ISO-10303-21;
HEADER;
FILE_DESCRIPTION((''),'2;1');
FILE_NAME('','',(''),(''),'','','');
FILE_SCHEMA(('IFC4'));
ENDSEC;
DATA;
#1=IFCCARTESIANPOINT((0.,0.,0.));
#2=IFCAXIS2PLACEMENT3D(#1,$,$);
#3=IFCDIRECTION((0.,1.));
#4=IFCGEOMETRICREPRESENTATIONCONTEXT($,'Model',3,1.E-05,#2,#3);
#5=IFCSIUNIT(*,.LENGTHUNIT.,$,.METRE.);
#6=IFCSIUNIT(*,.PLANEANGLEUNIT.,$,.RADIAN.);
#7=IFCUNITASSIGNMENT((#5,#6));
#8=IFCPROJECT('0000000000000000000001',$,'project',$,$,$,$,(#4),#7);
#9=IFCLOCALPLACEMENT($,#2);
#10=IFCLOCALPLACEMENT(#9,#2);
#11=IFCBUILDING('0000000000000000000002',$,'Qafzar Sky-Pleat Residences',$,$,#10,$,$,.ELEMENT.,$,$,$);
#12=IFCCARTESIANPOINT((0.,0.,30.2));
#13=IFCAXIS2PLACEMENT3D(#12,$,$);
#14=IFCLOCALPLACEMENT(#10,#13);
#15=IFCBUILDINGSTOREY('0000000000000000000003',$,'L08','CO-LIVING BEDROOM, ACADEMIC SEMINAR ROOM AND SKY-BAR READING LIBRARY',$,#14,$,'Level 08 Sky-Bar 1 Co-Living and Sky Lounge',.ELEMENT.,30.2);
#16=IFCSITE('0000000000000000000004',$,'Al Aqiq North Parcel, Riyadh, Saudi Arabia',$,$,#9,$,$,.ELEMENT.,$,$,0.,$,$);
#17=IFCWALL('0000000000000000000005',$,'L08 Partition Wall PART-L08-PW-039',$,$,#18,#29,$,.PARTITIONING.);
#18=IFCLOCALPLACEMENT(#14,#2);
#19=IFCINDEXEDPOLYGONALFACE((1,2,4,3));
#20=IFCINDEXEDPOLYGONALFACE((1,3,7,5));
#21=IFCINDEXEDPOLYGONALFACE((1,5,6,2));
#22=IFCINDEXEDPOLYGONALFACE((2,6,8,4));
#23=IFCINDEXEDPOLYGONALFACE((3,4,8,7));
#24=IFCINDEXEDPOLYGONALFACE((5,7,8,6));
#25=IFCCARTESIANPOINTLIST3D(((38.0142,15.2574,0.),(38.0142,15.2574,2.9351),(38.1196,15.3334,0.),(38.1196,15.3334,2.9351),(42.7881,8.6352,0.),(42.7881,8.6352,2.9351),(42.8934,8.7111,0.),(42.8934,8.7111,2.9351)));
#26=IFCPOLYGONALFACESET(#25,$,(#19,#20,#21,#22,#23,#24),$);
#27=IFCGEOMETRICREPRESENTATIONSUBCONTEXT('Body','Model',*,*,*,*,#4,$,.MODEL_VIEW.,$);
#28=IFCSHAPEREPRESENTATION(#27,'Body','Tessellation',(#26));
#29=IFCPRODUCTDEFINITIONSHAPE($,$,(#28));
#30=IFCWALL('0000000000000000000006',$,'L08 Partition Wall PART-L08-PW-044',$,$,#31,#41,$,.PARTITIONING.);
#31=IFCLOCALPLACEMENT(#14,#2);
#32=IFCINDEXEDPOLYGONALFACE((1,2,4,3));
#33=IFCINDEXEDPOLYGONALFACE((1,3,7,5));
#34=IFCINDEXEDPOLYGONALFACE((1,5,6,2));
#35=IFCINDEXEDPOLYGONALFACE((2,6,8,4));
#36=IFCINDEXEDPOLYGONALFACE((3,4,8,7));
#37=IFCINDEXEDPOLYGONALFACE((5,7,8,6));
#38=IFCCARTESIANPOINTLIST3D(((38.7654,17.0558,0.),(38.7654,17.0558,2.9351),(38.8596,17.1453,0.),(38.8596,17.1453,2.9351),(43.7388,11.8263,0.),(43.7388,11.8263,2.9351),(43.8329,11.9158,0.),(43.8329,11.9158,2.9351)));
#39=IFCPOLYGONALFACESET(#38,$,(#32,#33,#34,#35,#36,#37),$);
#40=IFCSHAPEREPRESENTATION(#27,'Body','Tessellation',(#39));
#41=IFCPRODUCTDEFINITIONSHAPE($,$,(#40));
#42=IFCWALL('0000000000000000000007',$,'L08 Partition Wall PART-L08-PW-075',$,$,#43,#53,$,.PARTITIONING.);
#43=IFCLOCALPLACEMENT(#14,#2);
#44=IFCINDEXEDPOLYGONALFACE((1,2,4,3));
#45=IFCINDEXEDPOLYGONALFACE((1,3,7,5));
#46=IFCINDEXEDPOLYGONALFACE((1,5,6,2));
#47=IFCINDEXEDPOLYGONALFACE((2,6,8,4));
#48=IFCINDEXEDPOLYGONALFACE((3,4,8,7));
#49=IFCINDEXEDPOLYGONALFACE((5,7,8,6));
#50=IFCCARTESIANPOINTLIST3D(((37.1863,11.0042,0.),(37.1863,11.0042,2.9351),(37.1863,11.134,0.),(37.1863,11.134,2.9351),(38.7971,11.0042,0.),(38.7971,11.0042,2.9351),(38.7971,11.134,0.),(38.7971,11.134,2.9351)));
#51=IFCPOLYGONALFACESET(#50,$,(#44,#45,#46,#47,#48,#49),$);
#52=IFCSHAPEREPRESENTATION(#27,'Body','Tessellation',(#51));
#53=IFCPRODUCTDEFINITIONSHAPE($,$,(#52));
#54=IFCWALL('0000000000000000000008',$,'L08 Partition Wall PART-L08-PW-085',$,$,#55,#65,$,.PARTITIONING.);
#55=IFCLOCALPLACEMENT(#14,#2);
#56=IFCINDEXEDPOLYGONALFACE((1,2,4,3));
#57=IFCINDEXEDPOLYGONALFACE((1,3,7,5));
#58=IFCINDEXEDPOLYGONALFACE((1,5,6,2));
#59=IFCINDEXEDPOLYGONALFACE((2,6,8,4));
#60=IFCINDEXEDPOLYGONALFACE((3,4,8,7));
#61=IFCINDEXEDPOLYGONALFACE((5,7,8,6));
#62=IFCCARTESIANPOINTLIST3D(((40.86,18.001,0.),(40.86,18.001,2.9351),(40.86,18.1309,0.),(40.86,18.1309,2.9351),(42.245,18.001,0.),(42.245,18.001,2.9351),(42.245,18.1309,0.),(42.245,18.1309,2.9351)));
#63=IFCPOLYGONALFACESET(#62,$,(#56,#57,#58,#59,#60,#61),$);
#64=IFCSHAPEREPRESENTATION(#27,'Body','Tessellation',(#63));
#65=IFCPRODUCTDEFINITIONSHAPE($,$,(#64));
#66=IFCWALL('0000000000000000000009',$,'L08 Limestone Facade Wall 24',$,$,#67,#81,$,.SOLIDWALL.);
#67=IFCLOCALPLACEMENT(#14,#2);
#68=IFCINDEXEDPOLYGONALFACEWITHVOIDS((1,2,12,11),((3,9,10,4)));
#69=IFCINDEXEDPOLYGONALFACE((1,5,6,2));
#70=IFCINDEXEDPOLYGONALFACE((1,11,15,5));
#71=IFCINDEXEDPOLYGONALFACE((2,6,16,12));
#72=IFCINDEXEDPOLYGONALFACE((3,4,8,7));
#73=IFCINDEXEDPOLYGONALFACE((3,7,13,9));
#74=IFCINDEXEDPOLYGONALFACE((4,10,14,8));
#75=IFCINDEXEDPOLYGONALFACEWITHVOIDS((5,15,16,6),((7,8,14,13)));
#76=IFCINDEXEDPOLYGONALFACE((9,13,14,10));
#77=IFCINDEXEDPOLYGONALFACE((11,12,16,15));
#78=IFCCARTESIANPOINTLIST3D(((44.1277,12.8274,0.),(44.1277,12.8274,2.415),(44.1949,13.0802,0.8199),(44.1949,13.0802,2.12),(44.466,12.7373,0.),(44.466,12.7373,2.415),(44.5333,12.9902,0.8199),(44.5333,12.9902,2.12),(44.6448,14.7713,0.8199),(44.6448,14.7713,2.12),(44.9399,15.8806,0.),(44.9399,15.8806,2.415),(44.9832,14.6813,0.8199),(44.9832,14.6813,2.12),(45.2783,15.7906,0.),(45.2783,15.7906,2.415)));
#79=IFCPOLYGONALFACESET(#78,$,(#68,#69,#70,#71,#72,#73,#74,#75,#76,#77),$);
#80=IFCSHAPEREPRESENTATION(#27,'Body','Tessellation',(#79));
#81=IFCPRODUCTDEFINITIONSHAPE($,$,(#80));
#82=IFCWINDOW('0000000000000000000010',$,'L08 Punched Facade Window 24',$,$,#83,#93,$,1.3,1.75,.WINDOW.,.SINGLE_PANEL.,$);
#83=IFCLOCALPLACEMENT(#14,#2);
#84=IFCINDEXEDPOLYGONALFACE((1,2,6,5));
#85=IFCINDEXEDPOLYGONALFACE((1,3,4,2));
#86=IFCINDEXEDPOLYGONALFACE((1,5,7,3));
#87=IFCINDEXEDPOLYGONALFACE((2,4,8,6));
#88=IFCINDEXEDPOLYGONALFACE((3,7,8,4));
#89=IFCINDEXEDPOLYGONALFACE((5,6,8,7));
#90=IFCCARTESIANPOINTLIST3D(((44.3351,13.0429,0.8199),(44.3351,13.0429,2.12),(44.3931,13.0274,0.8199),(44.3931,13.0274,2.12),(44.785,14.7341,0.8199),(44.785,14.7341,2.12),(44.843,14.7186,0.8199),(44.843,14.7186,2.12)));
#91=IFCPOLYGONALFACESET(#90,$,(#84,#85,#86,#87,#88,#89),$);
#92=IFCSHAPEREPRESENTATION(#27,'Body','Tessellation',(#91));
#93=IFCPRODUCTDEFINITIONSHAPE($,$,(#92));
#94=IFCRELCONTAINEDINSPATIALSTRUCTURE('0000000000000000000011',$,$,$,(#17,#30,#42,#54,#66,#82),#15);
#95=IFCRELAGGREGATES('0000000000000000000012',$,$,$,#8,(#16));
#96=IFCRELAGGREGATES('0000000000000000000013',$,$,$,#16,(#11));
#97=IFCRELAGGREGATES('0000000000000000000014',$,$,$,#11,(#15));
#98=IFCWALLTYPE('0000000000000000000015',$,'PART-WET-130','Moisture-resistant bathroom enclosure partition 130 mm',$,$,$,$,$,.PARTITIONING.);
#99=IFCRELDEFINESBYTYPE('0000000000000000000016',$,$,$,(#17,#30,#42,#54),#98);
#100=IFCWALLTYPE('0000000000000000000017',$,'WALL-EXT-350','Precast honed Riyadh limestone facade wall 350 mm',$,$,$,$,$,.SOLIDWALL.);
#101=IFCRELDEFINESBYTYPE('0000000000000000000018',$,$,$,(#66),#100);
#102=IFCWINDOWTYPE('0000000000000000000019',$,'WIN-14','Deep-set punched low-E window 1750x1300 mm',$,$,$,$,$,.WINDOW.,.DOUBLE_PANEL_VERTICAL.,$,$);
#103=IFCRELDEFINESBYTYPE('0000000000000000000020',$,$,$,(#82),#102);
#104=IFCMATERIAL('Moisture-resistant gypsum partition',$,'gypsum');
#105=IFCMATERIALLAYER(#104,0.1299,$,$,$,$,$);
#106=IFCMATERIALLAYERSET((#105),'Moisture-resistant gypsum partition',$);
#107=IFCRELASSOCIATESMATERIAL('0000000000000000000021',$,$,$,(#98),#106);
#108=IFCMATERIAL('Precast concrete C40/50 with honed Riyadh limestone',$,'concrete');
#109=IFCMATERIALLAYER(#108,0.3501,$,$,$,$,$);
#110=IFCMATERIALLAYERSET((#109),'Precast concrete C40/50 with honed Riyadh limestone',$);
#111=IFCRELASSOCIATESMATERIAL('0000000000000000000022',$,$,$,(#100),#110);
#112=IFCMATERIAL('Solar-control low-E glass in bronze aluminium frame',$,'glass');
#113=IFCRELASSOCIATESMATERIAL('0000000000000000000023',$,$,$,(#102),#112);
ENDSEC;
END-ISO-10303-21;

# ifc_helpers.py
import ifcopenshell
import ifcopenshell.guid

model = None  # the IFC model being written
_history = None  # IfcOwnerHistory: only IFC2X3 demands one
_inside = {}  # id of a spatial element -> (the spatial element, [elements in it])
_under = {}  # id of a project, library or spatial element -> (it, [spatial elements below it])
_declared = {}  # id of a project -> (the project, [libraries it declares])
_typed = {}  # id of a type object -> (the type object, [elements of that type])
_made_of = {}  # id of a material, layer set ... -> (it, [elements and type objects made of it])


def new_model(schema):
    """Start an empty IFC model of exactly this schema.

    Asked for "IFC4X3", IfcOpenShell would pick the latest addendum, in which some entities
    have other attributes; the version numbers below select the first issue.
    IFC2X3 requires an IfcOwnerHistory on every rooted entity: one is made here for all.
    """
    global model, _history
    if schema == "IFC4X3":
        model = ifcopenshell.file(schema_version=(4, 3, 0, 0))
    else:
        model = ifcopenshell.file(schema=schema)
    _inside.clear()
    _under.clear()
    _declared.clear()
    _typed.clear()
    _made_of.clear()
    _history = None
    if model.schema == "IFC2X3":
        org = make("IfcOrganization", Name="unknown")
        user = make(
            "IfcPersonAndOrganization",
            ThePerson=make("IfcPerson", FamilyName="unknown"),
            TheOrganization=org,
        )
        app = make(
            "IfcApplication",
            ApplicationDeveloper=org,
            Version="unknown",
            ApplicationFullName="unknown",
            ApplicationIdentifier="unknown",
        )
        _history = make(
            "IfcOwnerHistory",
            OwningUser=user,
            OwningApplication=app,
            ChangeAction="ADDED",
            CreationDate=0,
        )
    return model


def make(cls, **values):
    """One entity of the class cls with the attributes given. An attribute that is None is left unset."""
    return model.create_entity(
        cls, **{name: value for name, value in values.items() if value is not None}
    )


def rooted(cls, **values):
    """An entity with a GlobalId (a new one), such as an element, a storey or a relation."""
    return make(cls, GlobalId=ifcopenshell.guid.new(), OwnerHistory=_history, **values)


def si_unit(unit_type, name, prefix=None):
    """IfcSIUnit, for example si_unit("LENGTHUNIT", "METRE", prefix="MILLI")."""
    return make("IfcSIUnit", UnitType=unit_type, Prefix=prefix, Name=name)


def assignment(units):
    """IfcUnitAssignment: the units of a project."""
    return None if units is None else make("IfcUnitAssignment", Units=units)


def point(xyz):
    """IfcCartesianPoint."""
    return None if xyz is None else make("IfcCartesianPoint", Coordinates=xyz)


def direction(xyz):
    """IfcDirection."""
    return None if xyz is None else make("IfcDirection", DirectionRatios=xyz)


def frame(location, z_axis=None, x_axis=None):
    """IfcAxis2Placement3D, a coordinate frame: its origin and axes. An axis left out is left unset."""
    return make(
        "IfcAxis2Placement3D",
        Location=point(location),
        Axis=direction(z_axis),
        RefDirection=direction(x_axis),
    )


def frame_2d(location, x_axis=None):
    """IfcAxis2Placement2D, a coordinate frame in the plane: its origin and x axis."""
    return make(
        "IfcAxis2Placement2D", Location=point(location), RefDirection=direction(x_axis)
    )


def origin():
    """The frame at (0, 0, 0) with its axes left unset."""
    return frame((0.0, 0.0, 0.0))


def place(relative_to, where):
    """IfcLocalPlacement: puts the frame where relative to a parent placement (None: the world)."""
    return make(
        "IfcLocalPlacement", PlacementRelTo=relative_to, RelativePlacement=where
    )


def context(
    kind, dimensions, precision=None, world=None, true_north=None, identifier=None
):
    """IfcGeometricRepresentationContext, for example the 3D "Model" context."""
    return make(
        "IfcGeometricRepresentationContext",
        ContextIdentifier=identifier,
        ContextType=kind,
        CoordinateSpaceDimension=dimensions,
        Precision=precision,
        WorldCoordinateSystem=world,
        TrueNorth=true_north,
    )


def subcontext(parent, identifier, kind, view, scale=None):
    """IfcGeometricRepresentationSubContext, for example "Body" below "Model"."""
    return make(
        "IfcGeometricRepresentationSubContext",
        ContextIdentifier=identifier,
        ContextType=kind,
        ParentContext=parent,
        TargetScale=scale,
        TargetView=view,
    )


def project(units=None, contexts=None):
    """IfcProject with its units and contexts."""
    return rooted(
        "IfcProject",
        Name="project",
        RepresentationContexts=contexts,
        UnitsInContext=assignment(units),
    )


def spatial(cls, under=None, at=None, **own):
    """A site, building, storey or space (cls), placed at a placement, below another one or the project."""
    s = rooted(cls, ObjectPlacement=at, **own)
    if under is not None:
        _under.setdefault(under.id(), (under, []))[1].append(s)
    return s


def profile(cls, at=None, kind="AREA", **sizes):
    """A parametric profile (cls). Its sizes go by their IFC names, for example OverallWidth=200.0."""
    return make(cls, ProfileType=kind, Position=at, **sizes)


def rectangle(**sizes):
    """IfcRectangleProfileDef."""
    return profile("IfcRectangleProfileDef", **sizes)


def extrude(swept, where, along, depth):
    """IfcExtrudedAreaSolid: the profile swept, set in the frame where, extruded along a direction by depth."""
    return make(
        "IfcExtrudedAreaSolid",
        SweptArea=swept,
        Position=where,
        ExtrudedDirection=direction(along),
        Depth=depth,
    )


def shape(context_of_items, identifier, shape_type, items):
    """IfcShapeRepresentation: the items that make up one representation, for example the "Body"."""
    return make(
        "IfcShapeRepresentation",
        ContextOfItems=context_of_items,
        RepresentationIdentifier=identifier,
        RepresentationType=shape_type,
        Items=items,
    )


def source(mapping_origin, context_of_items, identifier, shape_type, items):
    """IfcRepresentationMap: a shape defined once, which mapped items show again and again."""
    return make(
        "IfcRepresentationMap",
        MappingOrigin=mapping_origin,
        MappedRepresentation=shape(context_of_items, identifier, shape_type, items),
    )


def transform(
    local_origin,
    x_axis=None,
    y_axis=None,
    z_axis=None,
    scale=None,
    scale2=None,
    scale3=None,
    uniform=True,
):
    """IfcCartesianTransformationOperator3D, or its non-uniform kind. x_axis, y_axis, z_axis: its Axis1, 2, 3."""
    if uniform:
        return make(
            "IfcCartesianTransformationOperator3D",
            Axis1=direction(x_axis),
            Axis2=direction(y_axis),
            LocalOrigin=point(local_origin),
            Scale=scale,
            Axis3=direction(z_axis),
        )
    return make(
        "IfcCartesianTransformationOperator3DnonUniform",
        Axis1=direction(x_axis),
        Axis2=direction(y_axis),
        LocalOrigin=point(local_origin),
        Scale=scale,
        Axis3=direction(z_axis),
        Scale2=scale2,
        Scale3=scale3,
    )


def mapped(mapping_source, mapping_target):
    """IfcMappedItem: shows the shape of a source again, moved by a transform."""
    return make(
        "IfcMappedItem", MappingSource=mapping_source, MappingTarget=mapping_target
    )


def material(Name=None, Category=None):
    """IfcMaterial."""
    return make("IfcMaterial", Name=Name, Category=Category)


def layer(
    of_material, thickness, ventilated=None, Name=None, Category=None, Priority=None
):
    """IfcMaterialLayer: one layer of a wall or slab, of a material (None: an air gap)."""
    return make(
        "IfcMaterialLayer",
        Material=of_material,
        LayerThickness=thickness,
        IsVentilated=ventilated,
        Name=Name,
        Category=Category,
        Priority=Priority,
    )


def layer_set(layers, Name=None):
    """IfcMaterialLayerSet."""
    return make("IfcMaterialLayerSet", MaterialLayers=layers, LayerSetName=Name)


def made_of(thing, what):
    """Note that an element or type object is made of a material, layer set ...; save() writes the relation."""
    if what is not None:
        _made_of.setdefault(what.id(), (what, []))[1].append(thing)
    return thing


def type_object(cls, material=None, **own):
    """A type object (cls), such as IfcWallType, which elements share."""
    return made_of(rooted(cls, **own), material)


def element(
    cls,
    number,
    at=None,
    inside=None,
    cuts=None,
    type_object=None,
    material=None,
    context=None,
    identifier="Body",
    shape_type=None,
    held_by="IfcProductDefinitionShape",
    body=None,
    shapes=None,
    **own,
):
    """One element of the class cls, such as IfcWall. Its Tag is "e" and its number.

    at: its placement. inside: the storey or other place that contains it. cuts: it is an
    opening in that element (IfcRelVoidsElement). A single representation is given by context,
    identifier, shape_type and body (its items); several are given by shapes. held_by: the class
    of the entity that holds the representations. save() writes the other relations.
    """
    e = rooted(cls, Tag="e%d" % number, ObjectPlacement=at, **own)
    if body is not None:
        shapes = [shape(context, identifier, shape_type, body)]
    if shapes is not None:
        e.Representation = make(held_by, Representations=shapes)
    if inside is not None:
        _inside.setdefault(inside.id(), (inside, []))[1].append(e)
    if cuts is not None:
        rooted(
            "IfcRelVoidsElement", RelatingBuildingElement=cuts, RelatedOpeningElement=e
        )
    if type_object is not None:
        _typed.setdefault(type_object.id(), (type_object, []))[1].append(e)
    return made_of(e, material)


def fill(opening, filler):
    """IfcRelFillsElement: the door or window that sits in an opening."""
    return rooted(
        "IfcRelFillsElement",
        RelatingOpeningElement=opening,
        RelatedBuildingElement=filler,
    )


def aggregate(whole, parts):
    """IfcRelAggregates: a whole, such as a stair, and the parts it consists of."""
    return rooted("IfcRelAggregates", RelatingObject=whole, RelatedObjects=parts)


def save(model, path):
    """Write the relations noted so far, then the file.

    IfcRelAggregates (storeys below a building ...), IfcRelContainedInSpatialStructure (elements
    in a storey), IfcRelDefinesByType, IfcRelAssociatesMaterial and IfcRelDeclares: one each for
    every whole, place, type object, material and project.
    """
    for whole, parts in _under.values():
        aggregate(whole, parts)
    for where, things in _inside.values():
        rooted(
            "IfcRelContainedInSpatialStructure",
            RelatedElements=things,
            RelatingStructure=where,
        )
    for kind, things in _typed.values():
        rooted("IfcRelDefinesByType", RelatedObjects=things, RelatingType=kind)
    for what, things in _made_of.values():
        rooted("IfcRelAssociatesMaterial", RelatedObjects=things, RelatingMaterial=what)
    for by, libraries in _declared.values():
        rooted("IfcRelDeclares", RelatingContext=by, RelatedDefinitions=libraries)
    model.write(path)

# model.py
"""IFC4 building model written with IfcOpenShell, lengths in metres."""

from ifc_helpers import new_model, si_unit, direction, frame, frame_2d, origin, place, context, subcontext, project, spatial, rectangle, extrude, source, transform, mapped, material, layer, layer_set, type_object, element, fill, save


model = new_model("IFC4")

# Units and contexts
model_context = context("Model", 3, precision=1e-05, world=origin(), true_north=direction((0.0, 1.0)))
body_context = subcontext(model_context, "Body", "Model", "MODEL_VIEW")
ifc_project = project(units=[si_unit("LENGTHUNIT", "METRE"), si_unit("PLANEANGLEUNIT", "RADIAN")], contexts=[model_context])

# Site, building, storey
site_placement = place(None, origin())
site = spatial("IfcSite", under=ifc_project, at=site_placement, Name="Al Aqiq North Parcel, Riyadh, Saudi Arabia", CompositionType="ELEMENT", RefElevation=0.0)
building_placement = place(site_placement, origin())
building = spatial("IfcBuilding", under=site, at=building_placement, Name="Qafzar Sky-Pleat Residences", CompositionType="ELEMENT")
storey_placement = place(building_placement, frame((0.0, 0.0, 30.2)))
storey = spatial("IfcBuildingStorey", under=building, at=storey_placement, Name="L08", Description="CO-LIVING BEDROOM, ACADEMIC SEMINAR ROOM AND SKY-BAR READING LIBRARY", LongName="Level 08 Sky-Bar 1 Co-Living and Sky Lounge", CompositionType="ELEMENT", Elevation=30.2)

# Walls
ifc_material_1 = material(Name="Moisture-resistant gypsum partition", Category="gypsum")
ifc_layer_1 = layer(ifc_material_1, 0.1299)
ifc_layer_set_1 = layer_set([ifc_layer_1], Name="Moisture-resistant gypsum partition")
wall_type_1 = type_object("IfcWallType", Name="PART-WET-130", Description="Moisture-resistant bathroom enclosure partition 130 mm", PredefinedType="PARTITIONING", material=ifc_layer_set_1)
wall_1_placement = place(storey_placement, frame((38.0669, 15.2954, 0.0), z_axis=(0.0, 0.0, 1.0), x_axis=(0.584777, -0.811194, 0.0)))
element("IfcWall", 1, at=wall_1_placement, inside=storey, type_object=wall_type_1, Name="L08 Partition Wall PART-L08-PW-039", PredefinedType="PARTITIONING", context=body_context, shape_type="SweptSolid", body=[
    extrude(rectangle(XDim=8.1636, YDim=0.1299, at=frame_2d((4.0818, 0.0))), origin(), (0.0, 0.0, 1.0), 2.9351),
])
wall_2_placement = place(storey_placement, frame((38.8125, 17.1006, 0.0), z_axis=(0.0, 0.0, 1.0), x_axis=(0.689141, -0.724628, 0.0)))
element("IfcWall", 2, at=wall_2_placement, inside=storey, type_object=wall_type_1, Name="L08 Partition Wall PART-L08-PW-044", PredefinedType="PARTITIONING", context=body_context, shape_type="SweptSolid", body=[
    extrude(rectangle(XDim=7.2168, YDim=0.1299, at=frame_2d((3.6084, 0.0))), origin(), (0.0, 0.0, 1.0), 2.9351),
])
wall_3_placement = place(storey_placement, frame((37.1863, 11.0691, 0.0), z_axis=(0.0, 0.0, 1.0), x_axis=(1.0, 0.0, 0.0)))
element("IfcWall", 3, at=wall_3_placement, inside=storey, type_object=wall_type_1, Name="L08 Partition Wall PART-L08-PW-075", PredefinedType="PARTITIONING", context=body_context, shape_type="SweptSolid", body=[
    extrude(rectangle(XDim=1.6108, YDim=0.1299, at=frame_2d((0.8054, 0.0))), origin(), (0.0, 0.0, 1.0), 2.9351),
])
wall_4_placement = place(storey_placement, frame((40.8601, 18.0659, 0.0), z_axis=(0.0, 0.0, 1.0), x_axis=(1.0, 0.0, 0.0)))
element("IfcWall", 4, at=wall_4_placement, inside=storey, type_object=wall_type_1, Name="L08 Partition Wall PART-L08-PW-085", PredefinedType="PARTITIONING", context=body_context, shape_type="SweptSolid", body=[
    extrude(rectangle(XDim=1.385, YDim=0.1299, at=frame_2d((0.6924, 0.0))), origin(), (0.0, 0.0, 1.0), 2.9351),
])

# Wall, opening, window
ifc_material_2 = material(Name="Precast concrete C40/50 with honed Riyadh limestone", Category="concrete")
ifc_layer_2 = layer(ifc_material_2, 0.3501)
ifc_layer_set_2 = layer_set([ifc_layer_2], Name="Precast concrete C40/50 with honed Riyadh limestone")
wall_type_2 = type_object("IfcWallType", Name="WALL-EXT-350", Description="Precast honed Riyadh limestone facade wall 350 mm", PredefinedType="SOLIDWALL", material=ifc_layer_set_2)
wall_5_placement = place(storey_placement, frame((44.2969, 12.7825, 0.0), z_axis=(0.0, 0.0, 1.0), x_axis=(0.25709, 0.966387, 0.0)))
wall_5 = element("IfcWall", 5, at=wall_5_placement, inside=storey, type_object=wall_type_2, Name="L08 Limestone Facade Wall 24", PredefinedType="SOLIDWALL", context=body_context, shape_type="SweptSolid", body=[
    extrude(rectangle(XDim=3.1594, YDim=0.3501, at=frame_2d((1.5796, 0.0))), origin(), (0.0, 0.0, 1.0), 2.415),
])
opening_1_placement = place(wall_5_placement, frame((0.2615, 0.0, 0.8201)))
opening_1 = element("IfcOpeningElement", 6, at=opening_1_placement, cuts=wall_5, PredefinedType="OPENING", context=body_context, shape_type="SweptSolid", body=[
    extrude(rectangle(XDim=1.75, YDim=1.3, at=frame_2d((0.875, 0.6499))), frame((0.0, 0.1851, 0.0), z_axis=(0.0, -1.0, 0.0), x_axis=(1.0, 0.0, 0.0)), (0.0, 0.0, 1.0), 0.3701),
])
ifc_material_3 = material(Name="Solar-control low-E glass in bronze aluminium frame", Category="glass")
window_type = type_object("IfcWindowType", Name="WIN-14", Description="Deep-set punched low-E window 1750x1300 mm", PartitioningType="DOUBLE_PANEL_VERTICAL", PredefinedType="WINDOW", material=ifc_material_3)
shared_shape_1 = source(origin(), body_context, "Body", "SweptSolid", [
    extrude(rectangle(XDim=1.75, YDim=1.3, at=frame_2d((0.875, 0.6499))), frame((0.0, 0.03, 0.0), z_axis=(0.0, -1.0, 0.0), x_axis=(1.0, 0.0, 0.0)), (0.0, 0.0, 1.0), 0.0601),
])
window_placement = place(opening_1_placement, origin())
window = element("IfcWindow", 7, at=window_placement, inside=storey, type_object=window_type, Name="L08 Punched Facade Window 24", OverallHeight=1.3, OverallWidth=1.75, PartitioningType="SINGLE_PANEL", PredefinedType="WINDOW", context=body_context, shape_type="MappedRepresentation", body=[
    mapped(shared_shape_1, transform((0.0, 0.0, 0.0), x_axis=(1.0, 0.0, 0.0), y_axis=(0.0, 1.0, 0.0), z_axis=(0.0, 0.0, 1.0), scale=1.0)),
])
fill(opening_1, window)

save(model, "model.ifc")
